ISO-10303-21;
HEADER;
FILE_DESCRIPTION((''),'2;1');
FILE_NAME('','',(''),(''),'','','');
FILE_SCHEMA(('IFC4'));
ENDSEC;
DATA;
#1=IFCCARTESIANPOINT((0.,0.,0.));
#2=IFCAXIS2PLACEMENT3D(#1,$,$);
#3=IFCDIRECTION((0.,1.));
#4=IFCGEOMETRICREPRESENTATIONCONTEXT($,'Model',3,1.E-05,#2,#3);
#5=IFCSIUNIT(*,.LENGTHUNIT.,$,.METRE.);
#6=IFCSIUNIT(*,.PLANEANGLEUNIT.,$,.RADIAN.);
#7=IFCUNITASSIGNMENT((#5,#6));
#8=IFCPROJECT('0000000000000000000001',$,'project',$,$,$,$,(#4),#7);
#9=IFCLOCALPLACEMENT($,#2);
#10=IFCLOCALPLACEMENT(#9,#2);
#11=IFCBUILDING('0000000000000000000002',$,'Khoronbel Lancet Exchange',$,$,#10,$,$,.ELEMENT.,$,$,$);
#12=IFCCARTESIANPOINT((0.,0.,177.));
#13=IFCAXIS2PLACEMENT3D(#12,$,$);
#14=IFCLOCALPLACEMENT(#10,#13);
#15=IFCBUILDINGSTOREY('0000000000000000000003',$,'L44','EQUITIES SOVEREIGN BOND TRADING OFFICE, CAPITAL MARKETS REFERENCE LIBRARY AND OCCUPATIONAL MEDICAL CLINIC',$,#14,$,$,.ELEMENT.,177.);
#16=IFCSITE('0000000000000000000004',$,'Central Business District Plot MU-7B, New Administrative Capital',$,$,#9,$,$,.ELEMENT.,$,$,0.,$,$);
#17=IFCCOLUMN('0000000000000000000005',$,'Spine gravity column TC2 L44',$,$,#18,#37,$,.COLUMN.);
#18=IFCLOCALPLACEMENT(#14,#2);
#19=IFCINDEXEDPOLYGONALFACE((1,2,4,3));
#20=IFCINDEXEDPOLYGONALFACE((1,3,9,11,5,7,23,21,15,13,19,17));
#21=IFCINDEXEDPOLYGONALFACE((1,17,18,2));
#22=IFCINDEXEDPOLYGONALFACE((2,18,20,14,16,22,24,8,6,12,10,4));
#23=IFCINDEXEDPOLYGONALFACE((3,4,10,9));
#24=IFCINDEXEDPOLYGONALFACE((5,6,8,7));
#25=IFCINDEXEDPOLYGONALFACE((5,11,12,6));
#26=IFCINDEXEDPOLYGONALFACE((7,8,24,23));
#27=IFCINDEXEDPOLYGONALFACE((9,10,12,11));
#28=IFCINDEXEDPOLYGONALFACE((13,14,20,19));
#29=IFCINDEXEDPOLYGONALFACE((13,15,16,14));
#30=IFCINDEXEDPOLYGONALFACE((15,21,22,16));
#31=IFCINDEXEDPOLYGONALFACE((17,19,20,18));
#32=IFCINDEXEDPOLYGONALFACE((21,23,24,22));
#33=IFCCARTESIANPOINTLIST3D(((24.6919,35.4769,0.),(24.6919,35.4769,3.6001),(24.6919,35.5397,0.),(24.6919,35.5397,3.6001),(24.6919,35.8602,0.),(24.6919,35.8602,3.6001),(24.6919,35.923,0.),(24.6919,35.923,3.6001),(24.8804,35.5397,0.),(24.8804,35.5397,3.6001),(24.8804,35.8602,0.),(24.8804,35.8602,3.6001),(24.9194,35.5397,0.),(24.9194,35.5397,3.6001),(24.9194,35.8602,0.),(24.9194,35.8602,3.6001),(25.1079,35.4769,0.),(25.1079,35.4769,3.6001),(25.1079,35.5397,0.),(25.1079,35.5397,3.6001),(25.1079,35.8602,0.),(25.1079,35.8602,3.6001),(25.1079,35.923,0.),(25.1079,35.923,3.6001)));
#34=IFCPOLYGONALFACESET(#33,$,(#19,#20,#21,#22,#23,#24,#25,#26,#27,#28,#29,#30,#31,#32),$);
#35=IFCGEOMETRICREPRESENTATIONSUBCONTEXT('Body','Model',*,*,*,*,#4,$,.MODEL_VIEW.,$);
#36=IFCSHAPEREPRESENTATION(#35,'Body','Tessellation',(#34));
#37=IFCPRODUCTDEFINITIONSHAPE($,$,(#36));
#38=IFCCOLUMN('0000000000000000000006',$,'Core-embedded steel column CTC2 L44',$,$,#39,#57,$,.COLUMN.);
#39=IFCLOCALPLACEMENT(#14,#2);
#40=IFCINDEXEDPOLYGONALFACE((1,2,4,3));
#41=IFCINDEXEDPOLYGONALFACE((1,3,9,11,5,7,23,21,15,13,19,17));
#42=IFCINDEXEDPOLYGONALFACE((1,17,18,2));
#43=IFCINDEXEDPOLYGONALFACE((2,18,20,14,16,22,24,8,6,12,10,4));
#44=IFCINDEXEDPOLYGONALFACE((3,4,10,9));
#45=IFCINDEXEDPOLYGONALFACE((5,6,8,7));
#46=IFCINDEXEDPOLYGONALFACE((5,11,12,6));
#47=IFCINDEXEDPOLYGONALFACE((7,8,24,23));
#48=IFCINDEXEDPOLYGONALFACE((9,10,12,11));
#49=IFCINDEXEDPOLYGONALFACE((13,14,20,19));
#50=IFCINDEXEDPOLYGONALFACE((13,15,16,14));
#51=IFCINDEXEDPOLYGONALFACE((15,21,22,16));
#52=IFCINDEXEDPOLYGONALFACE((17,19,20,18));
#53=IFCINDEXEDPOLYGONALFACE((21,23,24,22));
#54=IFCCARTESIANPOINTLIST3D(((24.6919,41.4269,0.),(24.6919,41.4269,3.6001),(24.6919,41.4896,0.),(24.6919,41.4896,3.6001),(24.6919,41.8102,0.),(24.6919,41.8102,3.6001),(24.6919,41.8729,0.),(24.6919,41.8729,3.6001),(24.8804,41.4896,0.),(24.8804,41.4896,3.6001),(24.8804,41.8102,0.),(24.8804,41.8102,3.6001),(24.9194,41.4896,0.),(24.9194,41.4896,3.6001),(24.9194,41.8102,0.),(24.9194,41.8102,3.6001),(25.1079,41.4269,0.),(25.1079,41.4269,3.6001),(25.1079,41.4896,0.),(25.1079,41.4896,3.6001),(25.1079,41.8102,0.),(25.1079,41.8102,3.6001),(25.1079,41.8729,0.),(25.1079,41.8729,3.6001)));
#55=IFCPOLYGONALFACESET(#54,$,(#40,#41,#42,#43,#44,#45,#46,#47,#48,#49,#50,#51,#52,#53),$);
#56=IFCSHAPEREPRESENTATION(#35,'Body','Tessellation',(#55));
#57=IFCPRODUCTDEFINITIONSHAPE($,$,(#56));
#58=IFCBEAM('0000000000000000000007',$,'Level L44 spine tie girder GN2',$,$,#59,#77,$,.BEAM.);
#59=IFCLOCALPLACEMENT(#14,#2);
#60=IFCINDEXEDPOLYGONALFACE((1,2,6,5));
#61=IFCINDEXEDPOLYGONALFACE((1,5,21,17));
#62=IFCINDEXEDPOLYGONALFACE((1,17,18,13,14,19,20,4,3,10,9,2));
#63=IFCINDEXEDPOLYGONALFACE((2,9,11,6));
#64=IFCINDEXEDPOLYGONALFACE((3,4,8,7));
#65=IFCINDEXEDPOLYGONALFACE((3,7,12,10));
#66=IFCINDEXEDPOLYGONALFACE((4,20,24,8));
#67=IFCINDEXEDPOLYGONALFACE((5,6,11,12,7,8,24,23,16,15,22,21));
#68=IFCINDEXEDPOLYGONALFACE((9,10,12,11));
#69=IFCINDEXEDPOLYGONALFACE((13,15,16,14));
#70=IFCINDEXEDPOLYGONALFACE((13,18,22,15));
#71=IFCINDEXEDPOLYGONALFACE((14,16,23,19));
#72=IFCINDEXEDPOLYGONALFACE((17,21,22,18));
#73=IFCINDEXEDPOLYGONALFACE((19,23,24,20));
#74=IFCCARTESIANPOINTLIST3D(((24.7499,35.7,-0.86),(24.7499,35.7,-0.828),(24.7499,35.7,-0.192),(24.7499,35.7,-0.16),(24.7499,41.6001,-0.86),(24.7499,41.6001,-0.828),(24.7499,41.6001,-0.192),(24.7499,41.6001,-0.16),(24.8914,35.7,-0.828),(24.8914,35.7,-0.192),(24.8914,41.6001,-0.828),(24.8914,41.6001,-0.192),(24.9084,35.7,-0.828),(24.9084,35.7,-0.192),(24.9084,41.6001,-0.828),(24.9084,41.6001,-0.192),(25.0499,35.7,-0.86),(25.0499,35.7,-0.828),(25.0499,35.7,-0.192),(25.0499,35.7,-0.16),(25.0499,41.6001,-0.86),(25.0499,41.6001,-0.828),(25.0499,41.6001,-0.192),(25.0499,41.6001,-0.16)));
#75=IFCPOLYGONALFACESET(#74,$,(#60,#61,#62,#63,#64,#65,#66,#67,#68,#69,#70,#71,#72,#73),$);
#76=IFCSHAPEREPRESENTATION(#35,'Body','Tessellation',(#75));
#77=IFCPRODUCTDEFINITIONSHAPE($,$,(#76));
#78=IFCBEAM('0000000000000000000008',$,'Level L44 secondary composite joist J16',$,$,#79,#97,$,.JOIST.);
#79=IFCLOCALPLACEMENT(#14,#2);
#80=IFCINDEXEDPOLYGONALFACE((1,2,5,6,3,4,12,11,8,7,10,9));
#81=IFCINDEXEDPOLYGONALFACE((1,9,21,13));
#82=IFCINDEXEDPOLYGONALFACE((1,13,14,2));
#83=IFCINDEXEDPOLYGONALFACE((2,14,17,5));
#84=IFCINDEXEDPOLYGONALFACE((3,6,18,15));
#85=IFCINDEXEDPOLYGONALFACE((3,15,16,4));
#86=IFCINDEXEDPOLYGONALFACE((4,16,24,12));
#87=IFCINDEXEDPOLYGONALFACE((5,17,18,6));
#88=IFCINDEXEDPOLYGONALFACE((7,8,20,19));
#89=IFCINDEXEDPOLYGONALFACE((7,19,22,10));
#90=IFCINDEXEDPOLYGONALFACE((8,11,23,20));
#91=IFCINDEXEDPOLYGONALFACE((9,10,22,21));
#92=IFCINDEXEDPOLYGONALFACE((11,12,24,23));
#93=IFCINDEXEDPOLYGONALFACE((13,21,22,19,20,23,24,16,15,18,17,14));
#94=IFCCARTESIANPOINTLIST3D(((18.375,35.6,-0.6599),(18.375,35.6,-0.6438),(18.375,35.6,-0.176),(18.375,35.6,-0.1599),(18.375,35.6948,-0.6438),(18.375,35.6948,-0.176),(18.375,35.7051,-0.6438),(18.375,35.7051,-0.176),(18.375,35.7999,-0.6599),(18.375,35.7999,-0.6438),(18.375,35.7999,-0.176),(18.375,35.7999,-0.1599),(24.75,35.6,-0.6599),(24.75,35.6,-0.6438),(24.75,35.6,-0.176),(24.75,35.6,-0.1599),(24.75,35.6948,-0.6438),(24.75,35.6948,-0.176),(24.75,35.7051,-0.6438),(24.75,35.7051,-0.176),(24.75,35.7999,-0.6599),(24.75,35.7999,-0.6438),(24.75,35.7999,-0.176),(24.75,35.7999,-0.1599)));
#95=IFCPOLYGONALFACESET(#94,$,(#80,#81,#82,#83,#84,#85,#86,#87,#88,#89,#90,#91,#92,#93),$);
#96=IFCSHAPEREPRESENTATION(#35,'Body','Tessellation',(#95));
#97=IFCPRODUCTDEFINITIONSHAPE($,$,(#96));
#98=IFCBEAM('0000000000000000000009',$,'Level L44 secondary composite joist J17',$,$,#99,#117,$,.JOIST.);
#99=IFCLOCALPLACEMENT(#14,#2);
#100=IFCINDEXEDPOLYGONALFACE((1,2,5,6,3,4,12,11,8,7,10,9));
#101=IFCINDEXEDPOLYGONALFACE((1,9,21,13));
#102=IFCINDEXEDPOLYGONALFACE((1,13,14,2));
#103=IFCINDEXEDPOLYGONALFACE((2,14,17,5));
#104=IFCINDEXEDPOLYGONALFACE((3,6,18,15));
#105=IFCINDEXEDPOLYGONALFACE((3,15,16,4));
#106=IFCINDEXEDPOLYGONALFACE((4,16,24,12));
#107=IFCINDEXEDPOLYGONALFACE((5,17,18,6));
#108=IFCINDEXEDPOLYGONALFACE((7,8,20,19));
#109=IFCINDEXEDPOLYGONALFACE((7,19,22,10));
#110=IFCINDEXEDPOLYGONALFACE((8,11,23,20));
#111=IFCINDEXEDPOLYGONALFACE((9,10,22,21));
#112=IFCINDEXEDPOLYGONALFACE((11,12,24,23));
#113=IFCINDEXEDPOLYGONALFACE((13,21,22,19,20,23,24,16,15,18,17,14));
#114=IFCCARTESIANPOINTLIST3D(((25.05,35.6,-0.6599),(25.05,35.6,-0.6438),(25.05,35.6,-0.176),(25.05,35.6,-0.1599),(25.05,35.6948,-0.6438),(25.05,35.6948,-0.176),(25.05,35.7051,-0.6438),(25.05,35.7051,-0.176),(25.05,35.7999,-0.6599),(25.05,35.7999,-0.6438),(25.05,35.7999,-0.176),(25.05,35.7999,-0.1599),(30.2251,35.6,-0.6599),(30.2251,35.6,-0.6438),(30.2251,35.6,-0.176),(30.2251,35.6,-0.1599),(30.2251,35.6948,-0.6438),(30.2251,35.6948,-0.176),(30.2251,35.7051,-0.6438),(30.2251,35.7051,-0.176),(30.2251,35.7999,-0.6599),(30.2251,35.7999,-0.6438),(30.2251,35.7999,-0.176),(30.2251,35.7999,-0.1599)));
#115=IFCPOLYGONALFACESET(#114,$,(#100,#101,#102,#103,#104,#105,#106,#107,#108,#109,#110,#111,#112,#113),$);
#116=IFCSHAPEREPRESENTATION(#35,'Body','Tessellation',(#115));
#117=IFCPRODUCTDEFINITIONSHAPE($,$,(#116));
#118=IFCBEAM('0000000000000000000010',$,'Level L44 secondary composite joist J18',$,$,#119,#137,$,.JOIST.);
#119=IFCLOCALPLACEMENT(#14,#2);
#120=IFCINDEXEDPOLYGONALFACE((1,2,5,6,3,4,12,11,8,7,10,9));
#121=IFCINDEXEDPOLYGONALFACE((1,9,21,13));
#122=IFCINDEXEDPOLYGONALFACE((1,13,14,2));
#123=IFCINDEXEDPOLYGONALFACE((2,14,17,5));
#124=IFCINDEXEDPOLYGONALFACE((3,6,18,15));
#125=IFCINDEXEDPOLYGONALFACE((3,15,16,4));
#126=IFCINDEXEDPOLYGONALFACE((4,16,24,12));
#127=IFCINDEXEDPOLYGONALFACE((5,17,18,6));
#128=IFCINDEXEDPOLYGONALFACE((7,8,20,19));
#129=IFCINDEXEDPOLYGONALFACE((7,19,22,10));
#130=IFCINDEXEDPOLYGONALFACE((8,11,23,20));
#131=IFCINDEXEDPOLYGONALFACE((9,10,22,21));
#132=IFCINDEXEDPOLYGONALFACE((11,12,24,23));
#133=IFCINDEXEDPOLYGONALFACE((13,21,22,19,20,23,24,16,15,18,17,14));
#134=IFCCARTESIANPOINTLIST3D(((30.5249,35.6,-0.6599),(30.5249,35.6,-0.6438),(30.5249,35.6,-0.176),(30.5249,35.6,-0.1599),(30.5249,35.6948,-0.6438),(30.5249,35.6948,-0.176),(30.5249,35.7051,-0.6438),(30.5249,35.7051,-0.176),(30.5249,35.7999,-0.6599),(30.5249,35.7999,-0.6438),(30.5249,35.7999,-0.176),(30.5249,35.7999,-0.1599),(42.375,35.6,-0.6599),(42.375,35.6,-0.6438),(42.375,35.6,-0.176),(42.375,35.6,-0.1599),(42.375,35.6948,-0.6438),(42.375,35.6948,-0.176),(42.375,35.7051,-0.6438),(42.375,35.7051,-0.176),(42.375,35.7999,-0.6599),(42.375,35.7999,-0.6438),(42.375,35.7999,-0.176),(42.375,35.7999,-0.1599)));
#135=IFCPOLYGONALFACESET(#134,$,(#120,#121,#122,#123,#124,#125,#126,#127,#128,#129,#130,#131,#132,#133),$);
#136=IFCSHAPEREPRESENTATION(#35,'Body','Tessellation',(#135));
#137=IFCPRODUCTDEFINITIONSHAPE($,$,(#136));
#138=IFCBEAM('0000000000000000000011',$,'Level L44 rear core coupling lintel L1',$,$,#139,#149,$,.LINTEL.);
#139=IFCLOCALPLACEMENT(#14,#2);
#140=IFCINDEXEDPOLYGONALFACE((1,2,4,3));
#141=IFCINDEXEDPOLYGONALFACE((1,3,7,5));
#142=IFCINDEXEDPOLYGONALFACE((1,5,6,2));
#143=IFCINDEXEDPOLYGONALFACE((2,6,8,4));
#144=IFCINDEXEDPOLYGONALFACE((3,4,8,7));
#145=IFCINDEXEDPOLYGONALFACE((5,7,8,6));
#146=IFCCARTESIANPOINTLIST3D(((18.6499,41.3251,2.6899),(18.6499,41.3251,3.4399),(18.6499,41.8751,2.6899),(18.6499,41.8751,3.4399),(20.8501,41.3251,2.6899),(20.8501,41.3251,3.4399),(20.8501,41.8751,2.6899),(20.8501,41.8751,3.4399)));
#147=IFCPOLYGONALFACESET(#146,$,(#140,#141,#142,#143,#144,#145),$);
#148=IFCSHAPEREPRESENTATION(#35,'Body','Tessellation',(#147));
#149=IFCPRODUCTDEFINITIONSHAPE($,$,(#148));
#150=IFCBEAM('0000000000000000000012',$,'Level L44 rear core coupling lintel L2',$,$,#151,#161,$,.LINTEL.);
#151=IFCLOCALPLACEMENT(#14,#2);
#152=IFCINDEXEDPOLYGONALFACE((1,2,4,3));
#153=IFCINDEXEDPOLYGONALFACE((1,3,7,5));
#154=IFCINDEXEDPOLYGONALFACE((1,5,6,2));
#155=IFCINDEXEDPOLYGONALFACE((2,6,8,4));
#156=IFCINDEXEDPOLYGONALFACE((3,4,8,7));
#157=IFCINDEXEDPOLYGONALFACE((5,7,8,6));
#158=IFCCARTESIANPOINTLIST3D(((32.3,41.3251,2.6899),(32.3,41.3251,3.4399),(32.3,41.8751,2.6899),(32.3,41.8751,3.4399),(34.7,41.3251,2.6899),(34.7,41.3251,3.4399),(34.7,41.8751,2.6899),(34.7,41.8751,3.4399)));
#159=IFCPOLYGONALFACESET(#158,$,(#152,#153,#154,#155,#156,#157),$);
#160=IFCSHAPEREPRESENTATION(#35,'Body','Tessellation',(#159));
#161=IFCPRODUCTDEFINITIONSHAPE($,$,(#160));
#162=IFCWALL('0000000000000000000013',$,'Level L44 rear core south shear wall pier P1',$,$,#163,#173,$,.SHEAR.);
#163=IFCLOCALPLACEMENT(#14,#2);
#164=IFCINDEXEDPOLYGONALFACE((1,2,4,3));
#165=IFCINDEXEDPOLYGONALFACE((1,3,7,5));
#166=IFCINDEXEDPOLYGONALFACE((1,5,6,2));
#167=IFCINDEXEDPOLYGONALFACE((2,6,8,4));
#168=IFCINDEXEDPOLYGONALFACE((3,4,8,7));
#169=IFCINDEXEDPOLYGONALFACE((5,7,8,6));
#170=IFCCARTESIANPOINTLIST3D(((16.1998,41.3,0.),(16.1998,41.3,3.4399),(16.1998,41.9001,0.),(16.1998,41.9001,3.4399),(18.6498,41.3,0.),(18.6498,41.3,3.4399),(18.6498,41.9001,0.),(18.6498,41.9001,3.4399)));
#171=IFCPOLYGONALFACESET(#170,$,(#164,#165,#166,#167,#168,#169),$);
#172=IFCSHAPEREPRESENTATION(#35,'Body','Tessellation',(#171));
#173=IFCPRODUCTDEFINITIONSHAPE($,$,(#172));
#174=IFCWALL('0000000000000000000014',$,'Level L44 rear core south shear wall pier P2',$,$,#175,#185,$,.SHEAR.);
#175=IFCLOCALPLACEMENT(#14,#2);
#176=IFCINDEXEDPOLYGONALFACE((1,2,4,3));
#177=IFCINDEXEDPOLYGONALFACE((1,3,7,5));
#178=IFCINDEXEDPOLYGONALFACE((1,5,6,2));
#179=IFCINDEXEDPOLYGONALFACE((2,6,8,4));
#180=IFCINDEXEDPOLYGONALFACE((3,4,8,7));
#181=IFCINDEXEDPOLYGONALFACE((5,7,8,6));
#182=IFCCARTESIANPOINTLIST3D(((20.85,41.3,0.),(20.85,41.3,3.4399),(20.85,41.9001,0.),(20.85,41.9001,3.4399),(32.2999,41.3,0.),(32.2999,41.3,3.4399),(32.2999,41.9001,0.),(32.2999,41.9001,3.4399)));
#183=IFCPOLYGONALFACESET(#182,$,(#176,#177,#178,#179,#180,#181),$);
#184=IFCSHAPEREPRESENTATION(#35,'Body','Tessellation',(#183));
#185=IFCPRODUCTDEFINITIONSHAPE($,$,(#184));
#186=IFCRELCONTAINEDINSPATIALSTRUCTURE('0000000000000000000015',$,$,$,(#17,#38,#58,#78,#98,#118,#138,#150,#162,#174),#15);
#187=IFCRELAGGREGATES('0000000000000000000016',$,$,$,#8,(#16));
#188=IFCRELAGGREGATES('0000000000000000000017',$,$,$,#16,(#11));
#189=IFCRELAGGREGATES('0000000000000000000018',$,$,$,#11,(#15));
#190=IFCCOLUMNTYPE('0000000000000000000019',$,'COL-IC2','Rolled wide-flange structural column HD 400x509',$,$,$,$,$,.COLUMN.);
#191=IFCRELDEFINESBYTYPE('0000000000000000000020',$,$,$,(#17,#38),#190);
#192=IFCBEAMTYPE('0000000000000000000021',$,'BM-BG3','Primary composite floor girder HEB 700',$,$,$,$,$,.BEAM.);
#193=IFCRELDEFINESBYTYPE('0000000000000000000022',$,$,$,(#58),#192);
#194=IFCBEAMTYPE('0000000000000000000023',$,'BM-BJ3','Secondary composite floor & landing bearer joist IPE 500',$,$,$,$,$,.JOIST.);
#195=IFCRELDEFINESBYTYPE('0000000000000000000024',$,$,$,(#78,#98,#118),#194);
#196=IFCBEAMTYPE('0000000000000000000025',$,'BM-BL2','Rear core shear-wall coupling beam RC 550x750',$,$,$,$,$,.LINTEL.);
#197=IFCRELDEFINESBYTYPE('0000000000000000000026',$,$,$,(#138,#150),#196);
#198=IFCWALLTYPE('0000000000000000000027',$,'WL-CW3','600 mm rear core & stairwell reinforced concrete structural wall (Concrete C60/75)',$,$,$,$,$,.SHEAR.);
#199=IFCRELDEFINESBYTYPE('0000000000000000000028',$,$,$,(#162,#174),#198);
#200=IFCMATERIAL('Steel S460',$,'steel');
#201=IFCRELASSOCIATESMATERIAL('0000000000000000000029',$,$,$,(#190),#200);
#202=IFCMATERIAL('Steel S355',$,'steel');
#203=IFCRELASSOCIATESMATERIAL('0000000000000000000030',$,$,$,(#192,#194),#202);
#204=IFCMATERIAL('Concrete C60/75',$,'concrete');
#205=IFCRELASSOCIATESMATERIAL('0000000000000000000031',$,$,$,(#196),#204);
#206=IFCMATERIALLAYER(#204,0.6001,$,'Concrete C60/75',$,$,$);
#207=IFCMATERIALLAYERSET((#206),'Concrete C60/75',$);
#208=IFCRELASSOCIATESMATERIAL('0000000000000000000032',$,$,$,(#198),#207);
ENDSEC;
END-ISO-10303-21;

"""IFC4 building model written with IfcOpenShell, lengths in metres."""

from ifc_helpers import new_model, si_unit, direction, frame, frame_2d, origin, origin_2d, place, context, subcontext, project, spatial, rectangle, i_section, extrude, material, layer, layer_set, material_profile, profile_set, type_object, element, save


model = new_model("IFC4")

# Units and contexts
model_context = context("Model", 3, precision=1e-05, world=origin(), true_north=direction((0.0, 1.0)))
body_context = subcontext(model_context, "Body", "Model", "MODEL_VIEW")
ifc_project = project(units=[si_unit("LENGTHUNIT", "METRE"), si_unit("PLANEANGLEUNIT", "RADIAN")], contexts=[model_context])

# Site, building, storey
site_placement = place(None, origin())
site = spatial("IfcSite", under=ifc_project, at=site_placement, Name="Central Business District Plot MU-7B, New Administrative Capital", CompositionType="ELEMENT", RefElevation=0.0)
building_placement = place(site_placement, origin())
building = spatial("IfcBuilding", under=site, at=building_placement, Name="Khoronbel Lancet Exchange", CompositionType="ELEMENT")
storey_placement = place(building_placement, frame((0.0, 0.0, 177.0)))
storey = spatial("IfcBuildingStorey", under=building, at=storey_placement, Name="L44", Description="EQUITIES SOVEREIGN BOND TRADING OFFICE, CAPITAL MARKETS REFERENCE LIBRARY AND OCCUPATIONAL MEDICAL CLINIC", CompositionType="ELEMENT", Elevation=177.0)

# Columns
ifc_material_1 = material(Name="Steel S460", Category="steel")
ifc_material_profile_1 = material_profile(ifc_material_1, i_section(OverallWidth=0.416, OverallDepth=0.446, WebThickness=0.0391, FlangeThickness=0.0627, at=origin_2d()), Name="HD 400x509")
ifc_profile_set_1 = profile_set([ifc_material_profile_1], Name="Steel S460")
column_type = type_object("IfcColumnType", Name="COL-IC2", Description="Rolled wide-flange structural column HD 400x509", PredefinedType="COLUMN", material=ifc_profile_set_1)
for number, where, z_axis, x_axis, name in (
    (1, (24.8999, 35.7, 0.0), (0.0, 0.0, 1.0), (1.0, 0.0, 0.0), "Spine gravity column TC2 L44"),
    (2, (24.8999, 41.6499, 0.0), (0.0, 0.0, 1.0), (1.0, 0.0, 0.0), "Core-embedded steel column CTC2 L44"),
):
    element("IfcColumn", number, at=place(storey_placement, frame(where, z_axis=z_axis, x_axis=x_axis)), inside=storey, type_object=column_type, Name=name, PredefinedType="COLUMN", context=body_context, shape_type="SweptSolid", body=[
        extrude(i_section(OverallWidth=0.416, OverallDepth=0.446, WebThickness=0.0391, FlangeThickness=0.0627, at=origin_2d()), origin(), (0.0, 0.0, 1.0), 3.6001),
    ])

# Beams
ifc_material_2 = material(Name="Steel S355", Category="steel")
ifc_material_profile_2 = material_profile(ifc_material_2, i_section(OverallWidth=0.3, OverallDepth=0.7, WebThickness=0.0171, FlangeThickness=0.032, at=origin_2d()), Name="HEB 700")
ifc_profile_set_2 = profile_set([ifc_material_profile_2], Name="Steel S355")
beam_type_1 = type_object("IfcBeamType", Name="BM-BG3", Description="Primary composite floor girder HEB 700", PredefinedType="BEAM", material=ifc_profile_set_2)
beam_1_placement = place(storey_placement, frame((24.8999, 35.7, -0.51), z_axis=(0.0, 1.0, 0.0), x_axis=(-1.0, 0.0, 0.0)))
element("IfcBeam", 3, at=beam_1_placement, inside=storey, type_object=beam_type_1, Name="Level L44 spine tie girder GN2", PredefinedType="BEAM", context=body_context, shape_type="SweptSolid", body=[
    extrude(i_section(OverallWidth=0.3, OverallDepth=0.7, WebThickness=0.0171, FlangeThickness=0.032, at=origin_2d()), origin(), (0.0, 0.0, 1.0), 5.9001),
])
ifc_material_profile_3 = material_profile(ifc_material_2, i_section(OverallWidth=0.2, OverallDepth=0.5, WebThickness=0.0103, FlangeThickness=0.0161, at=origin_2d()), Name="IPE 500")
ifc_profile_set_3 = profile_set([ifc_material_profile_3], Name="Steel S355")
beam_type_2 = type_object("IfcBeamType", Name="BM-BJ3", Description="Secondary composite floor & landing bearer joist IPE 500", PredefinedType="JOIST", material=ifc_profile_set_3)
beam_2_placement = place(storey_placement, frame((18.375, 35.7, -0.4099), z_axis=(1.0, 0.0, 0.0), x_axis=(0.0, 1.0, 0.0)))
element("IfcBeam", 4, at=beam_2_placement, inside=storey, type_object=beam_type_2, Name="Level L44 secondary composite joist J16", PredefinedType="JOIST", context=body_context, shape_type="SweptSolid", body=[
    extrude(i_section(OverallWidth=0.2, OverallDepth=0.5, WebThickness=0.0103, FlangeThickness=0.0161, at=origin_2d()), origin(), (0.0, 0.0, 1.0), 6.375),
])
beam_3_placement = place(storey_placement, frame((25.05, 35.7, -0.4099), z_axis=(1.0, 0.0, 0.0), x_axis=(0.0, 1.0, 0.0)))
element("IfcBeam", 5, at=beam_3_placement, inside=storey, type_object=beam_type_2, Name="Level L44 secondary composite joist J17", PredefinedType="JOIST", context=body_context, shape_type="SweptSolid", body=[
    extrude(i_section(OverallWidth=0.2, OverallDepth=0.5, WebThickness=0.0103, FlangeThickness=0.0161, at=origin_2d()), origin(), (0.0, 0.0, 1.0), 5.175),
])
beam_4_placement = place(storey_placement, frame((30.5249, 35.7, -0.4099), z_axis=(1.0, 0.0, 0.0), x_axis=(0.0, 1.0, 0.0)))
element("IfcBeam", 6, at=beam_4_placement, inside=storey, type_object=beam_type_2, Name="Level L44 secondary composite joist J18", PredefinedType="JOIST", context=body_context, shape_type="SweptSolid", body=[
    extrude(i_section(OverallWidth=0.2, OverallDepth=0.5, WebThickness=0.0103, FlangeThickness=0.0161, at=origin_2d()), origin(), (0.0, 0.0, 1.0), 11.8501),
])
ifc_material_3 = material(Name="Concrete C60/75", Category="concrete")
ifc_material_profile_4 = material_profile(ifc_material_3, rectangle(XDim=0.55, YDim=0.75, at=origin_2d()), Name="RC 550x750")
ifc_profile_set_4 = profile_set([ifc_material_profile_4], Name="Concrete C60/75")
beam_type_3 = type_object("IfcBeamType", Name="BM-BL2", Description="Rear core shear-wall coupling beam RC 550x750", PredefinedType="LINTEL", material=ifc_profile_set_4)
beam_5_placement = place(storey_placement, frame((18.6499, 41.6001, 3.0649), z_axis=(1.0, 0.0, 0.0), x_axis=(0.0, 1.0, 0.0)))
element("IfcBeam", 7, at=beam_5_placement, inside=storey, type_object=beam_type_3, Name="Level L44 rear core coupling lintel L1", PredefinedType="LINTEL", context=body_context, shape_type="SweptSolid", body=[
    extrude(rectangle(XDim=0.55, YDim=0.75, at=origin_2d()), origin(), (0.0, 0.0, 1.0), 2.2002),
])
beam_6_placement = place(storey_placement, frame((32.3, 41.6001, 3.0649), z_axis=(1.0, 0.0, 0.0), x_axis=(0.0, 1.0, 0.0)))
element("IfcBeam", 8, at=beam_6_placement, inside=storey, type_object=beam_type_3, Name="Level L44 rear core coupling lintel L2", PredefinedType="LINTEL", context=body_context, shape_type="SweptSolid", body=[
    extrude(rectangle(XDim=0.55, YDim=0.75, at=origin_2d()), origin(), (0.0, 0.0, 1.0), 2.3999),
])

# Walls
ifc_layer_1 = layer(ifc_material_3, 0.6001, Name="Concrete C60/75")
ifc_layer_set_1 = layer_set([ifc_layer_1], Name="Concrete C60/75")
wall_type_1 = type_object("IfcWallType", Name="WL-CW3", Description="600 mm rear core & stairwell reinforced concrete structural wall (Concrete C60/75)", PredefinedType="SHEAR", material=ifc_layer_set_1)
wall_1_placement = place(storey_placement, frame((18.6499, 41.6001, 0.0), z_axis=(0.0, 0.0, 1.0), x_axis=(-1.0, 0.0, 0.0)))
element("IfcWall", 9, at=wall_1_placement, inside=storey, type_object=wall_type_1, Name="Level L44 rear core south shear wall pier P1", PredefinedType="SHEAR", context=body_context, shape_type="SweptSolid", body=[
    extrude(rectangle(XDim=2.45, YDim=0.6001, at=frame_2d((1.2251, 0.0))), origin(), (0.0, 0.0, 1.0), 3.4399),
])
wall_2_placement = place(storey_placement, frame((32.3, 41.6001, 0.0), z_axis=(0.0, 0.0, 1.0), x_axis=(-1.0, 0.0, 0.0)))
element("IfcWall", 10, at=wall_2_placement, inside=storey, type_object=wall_type_1, Name="Level L44 rear core south shear wall pier P2", PredefinedType="SHEAR", context=body_context, shape_type="SweptSolid", body=[
    extrude(rectangle(XDim=11.45, YDim=0.6001, at=frame_2d((5.7251, 0.0))), origin(), (0.0, 0.0, 1.0), 3.4399),
])

save(model, "model.ifc")
